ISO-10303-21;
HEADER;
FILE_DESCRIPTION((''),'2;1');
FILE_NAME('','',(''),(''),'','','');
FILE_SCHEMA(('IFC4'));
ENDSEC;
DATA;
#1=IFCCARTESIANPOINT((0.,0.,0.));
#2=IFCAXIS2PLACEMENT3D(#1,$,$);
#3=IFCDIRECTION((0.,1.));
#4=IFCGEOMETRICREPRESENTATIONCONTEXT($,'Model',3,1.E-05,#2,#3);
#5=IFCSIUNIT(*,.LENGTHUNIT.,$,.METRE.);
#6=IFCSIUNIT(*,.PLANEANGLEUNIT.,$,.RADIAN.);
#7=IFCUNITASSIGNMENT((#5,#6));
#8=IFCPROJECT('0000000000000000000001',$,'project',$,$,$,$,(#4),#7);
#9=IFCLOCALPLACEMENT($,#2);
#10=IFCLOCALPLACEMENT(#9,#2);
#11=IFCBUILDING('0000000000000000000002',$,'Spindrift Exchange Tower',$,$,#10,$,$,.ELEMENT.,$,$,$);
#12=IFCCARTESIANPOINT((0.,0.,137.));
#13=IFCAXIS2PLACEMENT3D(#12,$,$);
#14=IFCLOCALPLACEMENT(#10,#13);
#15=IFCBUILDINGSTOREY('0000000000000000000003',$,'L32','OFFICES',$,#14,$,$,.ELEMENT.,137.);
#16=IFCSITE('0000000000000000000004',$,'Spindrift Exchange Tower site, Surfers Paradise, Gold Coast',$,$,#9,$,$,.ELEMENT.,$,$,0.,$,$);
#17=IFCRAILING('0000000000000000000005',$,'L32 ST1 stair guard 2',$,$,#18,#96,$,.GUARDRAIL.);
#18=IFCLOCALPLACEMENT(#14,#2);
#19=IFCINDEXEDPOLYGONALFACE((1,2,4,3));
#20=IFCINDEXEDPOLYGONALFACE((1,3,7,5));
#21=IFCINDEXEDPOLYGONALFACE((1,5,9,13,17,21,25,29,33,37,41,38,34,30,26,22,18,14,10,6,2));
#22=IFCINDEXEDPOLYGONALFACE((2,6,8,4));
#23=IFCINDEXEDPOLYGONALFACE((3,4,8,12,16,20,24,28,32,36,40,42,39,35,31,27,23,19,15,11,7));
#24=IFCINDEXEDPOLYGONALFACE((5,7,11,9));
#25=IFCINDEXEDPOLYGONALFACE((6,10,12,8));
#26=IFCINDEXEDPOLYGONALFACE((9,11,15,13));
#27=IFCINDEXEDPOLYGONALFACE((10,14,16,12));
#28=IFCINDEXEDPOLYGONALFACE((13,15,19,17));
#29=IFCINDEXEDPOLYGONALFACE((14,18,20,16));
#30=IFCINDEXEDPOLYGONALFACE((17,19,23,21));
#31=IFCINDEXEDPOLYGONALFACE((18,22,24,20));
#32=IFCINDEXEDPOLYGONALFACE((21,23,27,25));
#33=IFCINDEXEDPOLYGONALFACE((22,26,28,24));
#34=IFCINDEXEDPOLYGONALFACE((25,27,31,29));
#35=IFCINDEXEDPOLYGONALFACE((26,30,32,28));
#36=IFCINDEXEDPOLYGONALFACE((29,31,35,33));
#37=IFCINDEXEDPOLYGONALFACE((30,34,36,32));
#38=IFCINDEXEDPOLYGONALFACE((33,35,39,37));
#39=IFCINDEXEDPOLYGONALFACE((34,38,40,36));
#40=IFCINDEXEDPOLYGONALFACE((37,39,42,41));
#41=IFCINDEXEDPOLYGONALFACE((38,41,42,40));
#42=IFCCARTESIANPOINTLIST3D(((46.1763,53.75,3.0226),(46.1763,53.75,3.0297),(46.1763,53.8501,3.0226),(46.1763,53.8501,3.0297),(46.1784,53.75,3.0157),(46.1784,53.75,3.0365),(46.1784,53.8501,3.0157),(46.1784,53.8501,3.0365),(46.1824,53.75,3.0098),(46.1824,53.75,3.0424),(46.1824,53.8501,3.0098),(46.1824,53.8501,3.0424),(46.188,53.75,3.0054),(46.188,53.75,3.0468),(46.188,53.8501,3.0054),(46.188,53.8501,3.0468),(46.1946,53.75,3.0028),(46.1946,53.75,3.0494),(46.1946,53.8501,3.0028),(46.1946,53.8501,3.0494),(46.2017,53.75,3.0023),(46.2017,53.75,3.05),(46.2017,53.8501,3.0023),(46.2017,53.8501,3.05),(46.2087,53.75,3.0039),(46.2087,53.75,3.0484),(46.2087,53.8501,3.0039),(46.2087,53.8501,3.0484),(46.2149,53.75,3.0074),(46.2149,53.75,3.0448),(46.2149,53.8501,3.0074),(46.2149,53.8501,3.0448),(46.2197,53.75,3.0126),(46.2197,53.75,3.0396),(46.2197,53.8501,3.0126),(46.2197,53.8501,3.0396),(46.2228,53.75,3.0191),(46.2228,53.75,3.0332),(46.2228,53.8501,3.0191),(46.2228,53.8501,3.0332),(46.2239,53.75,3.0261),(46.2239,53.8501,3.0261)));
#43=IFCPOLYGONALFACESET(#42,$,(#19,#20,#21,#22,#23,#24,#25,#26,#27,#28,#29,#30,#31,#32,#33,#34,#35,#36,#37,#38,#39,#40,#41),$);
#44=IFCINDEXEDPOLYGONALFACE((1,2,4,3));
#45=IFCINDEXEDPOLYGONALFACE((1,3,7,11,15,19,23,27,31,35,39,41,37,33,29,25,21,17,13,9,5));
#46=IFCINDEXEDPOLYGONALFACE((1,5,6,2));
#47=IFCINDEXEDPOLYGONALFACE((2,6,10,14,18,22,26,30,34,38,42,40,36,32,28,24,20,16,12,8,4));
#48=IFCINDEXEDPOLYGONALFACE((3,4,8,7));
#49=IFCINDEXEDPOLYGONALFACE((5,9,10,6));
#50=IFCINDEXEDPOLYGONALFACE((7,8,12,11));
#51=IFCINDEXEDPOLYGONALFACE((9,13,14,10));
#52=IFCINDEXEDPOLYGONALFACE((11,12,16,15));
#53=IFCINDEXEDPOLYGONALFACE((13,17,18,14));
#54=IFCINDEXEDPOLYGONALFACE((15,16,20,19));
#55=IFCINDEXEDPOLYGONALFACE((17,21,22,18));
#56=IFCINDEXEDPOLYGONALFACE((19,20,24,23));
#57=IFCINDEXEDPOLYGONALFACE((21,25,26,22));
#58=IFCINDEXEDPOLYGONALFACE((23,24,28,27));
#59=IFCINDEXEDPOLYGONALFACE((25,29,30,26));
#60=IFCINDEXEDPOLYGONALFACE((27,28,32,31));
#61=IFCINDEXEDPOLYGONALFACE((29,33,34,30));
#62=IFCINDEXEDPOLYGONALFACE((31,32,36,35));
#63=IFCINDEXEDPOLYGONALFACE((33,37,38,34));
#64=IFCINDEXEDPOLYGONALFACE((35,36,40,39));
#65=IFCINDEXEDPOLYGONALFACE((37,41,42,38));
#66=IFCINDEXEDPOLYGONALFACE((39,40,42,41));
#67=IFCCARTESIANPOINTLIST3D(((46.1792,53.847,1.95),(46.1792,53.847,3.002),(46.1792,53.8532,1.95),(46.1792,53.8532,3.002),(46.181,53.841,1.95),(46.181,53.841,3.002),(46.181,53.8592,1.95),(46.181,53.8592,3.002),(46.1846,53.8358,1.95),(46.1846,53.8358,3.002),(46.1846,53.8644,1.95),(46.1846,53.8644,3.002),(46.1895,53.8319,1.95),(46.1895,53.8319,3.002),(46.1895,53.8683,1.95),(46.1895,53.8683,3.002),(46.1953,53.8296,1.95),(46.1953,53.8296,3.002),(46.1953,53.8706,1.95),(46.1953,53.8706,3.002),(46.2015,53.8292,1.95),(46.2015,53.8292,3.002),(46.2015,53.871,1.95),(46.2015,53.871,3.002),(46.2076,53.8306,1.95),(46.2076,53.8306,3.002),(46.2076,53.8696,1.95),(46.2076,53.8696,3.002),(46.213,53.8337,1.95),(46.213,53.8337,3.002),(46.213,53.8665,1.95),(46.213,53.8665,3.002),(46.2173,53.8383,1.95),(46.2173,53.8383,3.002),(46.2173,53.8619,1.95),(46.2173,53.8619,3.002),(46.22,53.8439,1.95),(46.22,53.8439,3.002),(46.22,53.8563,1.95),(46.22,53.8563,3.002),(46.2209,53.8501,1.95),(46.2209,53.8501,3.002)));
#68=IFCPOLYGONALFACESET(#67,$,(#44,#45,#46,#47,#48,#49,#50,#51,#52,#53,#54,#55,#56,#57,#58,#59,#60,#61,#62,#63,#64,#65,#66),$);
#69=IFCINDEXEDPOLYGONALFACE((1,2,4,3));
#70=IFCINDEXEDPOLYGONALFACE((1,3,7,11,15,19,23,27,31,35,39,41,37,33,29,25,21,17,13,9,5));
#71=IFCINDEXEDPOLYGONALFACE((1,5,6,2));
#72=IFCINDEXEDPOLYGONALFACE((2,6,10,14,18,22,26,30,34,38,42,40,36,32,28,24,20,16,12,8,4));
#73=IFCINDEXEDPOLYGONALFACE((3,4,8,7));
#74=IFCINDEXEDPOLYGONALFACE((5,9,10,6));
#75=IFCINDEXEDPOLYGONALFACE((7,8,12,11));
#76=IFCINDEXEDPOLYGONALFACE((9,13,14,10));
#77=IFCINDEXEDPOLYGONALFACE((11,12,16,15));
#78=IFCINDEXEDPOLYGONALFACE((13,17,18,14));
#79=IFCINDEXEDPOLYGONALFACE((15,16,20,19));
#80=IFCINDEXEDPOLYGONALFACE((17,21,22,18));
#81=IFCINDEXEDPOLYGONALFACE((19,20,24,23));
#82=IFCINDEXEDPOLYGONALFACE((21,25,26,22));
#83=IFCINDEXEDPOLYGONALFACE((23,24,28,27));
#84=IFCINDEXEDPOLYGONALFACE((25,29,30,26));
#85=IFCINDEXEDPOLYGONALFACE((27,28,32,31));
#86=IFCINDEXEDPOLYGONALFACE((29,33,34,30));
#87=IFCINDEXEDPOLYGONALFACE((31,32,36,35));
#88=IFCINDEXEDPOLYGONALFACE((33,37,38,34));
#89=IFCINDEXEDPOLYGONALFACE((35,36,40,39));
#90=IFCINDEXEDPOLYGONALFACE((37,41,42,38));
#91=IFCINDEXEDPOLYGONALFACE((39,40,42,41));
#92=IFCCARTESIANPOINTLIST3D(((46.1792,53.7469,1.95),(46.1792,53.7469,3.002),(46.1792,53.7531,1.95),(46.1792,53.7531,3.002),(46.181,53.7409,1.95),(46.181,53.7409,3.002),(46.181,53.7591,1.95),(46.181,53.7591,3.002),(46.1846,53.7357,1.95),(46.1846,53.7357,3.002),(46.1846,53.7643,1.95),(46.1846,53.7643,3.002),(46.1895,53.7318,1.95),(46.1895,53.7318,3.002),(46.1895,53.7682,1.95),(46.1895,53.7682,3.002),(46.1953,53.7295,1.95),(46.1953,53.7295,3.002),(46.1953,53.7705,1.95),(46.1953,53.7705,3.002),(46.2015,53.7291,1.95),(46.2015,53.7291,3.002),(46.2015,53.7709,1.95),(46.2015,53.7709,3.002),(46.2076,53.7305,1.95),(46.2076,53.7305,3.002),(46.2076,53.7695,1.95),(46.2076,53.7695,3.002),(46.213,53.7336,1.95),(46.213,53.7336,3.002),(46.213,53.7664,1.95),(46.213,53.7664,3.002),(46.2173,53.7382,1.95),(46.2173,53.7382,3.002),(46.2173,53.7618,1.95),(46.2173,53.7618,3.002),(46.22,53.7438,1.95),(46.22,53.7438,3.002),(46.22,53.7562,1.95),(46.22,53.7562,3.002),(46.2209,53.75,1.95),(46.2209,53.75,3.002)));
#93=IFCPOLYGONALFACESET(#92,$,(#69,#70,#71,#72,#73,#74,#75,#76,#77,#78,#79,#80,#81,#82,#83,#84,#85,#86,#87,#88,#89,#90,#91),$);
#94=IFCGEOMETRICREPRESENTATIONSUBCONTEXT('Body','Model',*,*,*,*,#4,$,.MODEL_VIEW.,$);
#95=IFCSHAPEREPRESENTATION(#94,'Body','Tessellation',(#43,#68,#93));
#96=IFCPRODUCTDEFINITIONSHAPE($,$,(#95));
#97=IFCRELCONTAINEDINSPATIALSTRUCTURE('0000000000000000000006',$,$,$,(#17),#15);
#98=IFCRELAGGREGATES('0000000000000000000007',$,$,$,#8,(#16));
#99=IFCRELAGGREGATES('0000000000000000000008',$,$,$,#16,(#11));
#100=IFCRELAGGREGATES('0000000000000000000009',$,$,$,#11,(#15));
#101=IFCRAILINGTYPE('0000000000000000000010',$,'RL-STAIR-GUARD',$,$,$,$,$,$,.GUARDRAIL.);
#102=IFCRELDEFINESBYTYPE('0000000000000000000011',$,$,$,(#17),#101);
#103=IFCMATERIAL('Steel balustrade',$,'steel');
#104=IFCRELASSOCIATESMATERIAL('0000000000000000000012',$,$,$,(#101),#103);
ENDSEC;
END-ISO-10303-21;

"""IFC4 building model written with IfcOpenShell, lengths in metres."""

from ifc_helpers import new_model, si_unit, direction, frame, origin, origin_2d, place, context, subcontext, project, spatial, circle, extrude, material, type_object, element, save


model = new_model("IFC4")

# Units and contexts
model_context = context("Model", 3, precision=1e-05, world=origin(), true_north=direction((0.0, 1.0)))
body_context = subcontext(model_context, "Body", "Model", "MODEL_VIEW")
ifc_project = project(units=[si_unit("LENGTHUNIT", "METRE"), si_unit("PLANEANGLEUNIT", "RADIAN")], contexts=[model_context])

# Site, building, storey
site_placement = place(None, origin())
site = spatial("IfcSite", under=ifc_project, at=site_placement, Name="Spindrift Exchange Tower site, Surfers Paradise, Gold Coast", CompositionType="ELEMENT", RefElevation=0.0)
building_placement = place(site_placement, origin())
building = spatial("IfcBuilding", under=site, at=building_placement, Name="Spindrift Exchange Tower", CompositionType="ELEMENT")
storey_placement = place(building_placement, frame((0.0, 0.0, 137.0)))
storey = spatial("IfcBuildingStorey", under=building, at=storey_placement, Name="L32", Description="OFFICES", CompositionType="ELEMENT", Elevation=137.0)

# Railing
ifc_material_1 = material(Name="Steel balustrade", Category="steel")
railing_type_1 = type_object("IfcRailingType", Name="RL-STAIR-GUARD", PredefinedType="GUARDRAIL", material=ifc_material_1)
railing_1_placement = place(storey_placement, frame((46.2, 53.8501, 1.95)))
element("IfcRailing", 1, at=railing_1_placement, inside=storey, type_object=railing_type_1, Name="L32 ST1 stair guard 2", PredefinedType="GUARDRAIL", context=body_context, shape_type="SweptSolid", body=[
    extrude(circle(Radius=0.0239, at=origin_2d()), frame((0.0, 0.0, 1.0762), z_axis=(0.0, -1.0, 0.0), x_axis=(1.0, 0.0, 0.0)), (0.0, 0.0, 1.0), 0.1001),
    extrude(circle(Radius=0.021, at=origin_2d()), origin(), (0.0, 0.0, 1.0), 1.052),
    extrude(circle(Radius=0.021, at=origin_2d()), frame((0.0, -0.1001, 0.0)), (0.0, 0.0, 1.0), 1.052),
])

save(model, "model.ifc")
